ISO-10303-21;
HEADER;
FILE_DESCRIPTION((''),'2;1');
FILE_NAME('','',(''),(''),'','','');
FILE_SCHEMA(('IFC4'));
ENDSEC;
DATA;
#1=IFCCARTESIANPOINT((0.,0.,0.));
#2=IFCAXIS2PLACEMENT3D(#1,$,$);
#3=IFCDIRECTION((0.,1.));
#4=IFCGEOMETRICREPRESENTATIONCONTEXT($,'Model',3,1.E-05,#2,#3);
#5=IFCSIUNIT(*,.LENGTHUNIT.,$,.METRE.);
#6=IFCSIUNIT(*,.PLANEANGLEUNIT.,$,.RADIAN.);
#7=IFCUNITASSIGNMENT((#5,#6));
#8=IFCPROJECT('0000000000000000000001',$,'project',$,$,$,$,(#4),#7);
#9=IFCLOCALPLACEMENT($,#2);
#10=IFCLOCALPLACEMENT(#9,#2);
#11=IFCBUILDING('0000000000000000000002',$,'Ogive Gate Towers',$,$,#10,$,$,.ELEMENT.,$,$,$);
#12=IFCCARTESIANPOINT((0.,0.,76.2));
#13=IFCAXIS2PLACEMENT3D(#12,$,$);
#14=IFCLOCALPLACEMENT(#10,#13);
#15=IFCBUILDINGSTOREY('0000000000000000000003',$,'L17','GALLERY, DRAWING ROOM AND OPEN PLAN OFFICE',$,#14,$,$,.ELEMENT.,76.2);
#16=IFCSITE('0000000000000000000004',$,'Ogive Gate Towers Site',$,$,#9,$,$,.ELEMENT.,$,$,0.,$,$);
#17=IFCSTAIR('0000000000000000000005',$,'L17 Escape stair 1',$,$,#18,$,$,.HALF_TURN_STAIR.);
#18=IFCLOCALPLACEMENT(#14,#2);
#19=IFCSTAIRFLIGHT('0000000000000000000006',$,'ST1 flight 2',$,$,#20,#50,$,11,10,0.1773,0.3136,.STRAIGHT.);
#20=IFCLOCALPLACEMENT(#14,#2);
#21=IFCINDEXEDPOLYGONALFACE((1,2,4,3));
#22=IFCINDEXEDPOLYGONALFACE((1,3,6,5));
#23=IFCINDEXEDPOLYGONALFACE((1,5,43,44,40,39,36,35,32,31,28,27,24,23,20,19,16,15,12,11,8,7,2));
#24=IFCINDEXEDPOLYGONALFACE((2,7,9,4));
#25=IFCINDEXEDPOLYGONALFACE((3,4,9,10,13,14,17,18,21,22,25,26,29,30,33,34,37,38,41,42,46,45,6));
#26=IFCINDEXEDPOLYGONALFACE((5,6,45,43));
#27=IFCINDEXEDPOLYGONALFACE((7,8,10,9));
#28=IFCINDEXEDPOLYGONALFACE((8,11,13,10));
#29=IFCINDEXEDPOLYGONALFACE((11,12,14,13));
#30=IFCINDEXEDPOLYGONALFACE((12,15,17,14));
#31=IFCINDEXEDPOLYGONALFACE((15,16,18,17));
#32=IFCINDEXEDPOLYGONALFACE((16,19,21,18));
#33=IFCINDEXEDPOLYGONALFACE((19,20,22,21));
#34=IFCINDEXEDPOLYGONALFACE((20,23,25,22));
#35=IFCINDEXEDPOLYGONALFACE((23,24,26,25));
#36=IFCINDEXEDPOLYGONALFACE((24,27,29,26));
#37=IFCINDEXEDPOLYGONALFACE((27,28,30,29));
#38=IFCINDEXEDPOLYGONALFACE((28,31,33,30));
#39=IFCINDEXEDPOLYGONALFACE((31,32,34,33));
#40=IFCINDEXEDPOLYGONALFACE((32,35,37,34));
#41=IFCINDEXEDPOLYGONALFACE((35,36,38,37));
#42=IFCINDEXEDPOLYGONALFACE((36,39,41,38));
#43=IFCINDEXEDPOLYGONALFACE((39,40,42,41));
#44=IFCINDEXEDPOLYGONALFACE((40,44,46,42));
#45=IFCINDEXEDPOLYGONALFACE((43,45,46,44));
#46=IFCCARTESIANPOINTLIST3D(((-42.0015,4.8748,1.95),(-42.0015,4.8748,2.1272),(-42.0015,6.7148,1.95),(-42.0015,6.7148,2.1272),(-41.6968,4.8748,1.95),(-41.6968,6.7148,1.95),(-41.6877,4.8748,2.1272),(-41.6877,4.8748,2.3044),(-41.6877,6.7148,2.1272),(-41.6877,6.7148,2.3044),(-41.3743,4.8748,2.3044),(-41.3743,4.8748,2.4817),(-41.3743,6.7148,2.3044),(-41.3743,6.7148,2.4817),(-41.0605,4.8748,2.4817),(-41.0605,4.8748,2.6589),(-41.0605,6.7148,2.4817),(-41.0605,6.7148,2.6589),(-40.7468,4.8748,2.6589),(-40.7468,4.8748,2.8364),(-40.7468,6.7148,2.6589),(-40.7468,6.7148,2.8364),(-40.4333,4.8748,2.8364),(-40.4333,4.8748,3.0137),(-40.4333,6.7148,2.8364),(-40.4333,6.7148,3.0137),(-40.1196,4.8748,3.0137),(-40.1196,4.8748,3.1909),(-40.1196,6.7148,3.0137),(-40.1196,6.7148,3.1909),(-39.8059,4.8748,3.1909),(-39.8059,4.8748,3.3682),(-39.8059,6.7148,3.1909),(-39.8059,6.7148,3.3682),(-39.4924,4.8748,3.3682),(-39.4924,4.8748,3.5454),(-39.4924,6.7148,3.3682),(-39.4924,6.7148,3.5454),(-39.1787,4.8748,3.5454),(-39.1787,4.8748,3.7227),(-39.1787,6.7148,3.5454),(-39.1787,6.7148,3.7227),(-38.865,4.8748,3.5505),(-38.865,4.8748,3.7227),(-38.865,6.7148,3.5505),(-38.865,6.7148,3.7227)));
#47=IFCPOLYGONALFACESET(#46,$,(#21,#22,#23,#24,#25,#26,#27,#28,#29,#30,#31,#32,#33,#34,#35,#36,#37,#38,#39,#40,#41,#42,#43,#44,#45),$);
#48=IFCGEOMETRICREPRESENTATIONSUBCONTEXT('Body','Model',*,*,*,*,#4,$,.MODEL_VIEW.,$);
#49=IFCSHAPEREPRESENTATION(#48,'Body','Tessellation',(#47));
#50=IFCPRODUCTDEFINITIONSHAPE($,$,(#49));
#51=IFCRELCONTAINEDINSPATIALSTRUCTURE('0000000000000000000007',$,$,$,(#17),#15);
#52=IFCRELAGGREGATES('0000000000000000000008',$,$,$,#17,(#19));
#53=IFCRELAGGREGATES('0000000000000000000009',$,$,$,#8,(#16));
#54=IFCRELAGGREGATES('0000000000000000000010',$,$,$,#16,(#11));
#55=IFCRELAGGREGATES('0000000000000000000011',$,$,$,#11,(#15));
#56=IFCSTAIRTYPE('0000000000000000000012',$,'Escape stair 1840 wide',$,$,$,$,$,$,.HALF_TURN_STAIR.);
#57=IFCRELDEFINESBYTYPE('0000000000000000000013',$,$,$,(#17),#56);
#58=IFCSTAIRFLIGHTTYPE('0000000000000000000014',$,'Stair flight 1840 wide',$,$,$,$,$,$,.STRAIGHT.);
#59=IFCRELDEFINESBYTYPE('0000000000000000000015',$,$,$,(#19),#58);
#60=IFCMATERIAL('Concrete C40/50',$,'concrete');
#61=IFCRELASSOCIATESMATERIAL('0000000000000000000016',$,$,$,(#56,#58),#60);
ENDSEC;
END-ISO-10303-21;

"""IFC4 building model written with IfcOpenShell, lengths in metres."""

from ifc_helpers import new_model, si_unit, direction, frame, origin, place, context, subcontext, project, spatial, polyline, outline, extrude, material, type_object, element, aggregate, save


model = new_model("IFC4")

# Units and contexts
model_context = context("Model", 3, precision=1e-05, world=origin(), true_north=direction((0.0, 1.0)))
body_context = subcontext(model_context, "Body", "Model", "MODEL_VIEW")
ifc_project = project(units=[si_unit("LENGTHUNIT", "METRE"), si_unit("PLANEANGLEUNIT", "RADIAN")], contexts=[model_context])

# Site, building, storey
site_placement = place(None, origin())
site = spatial("IfcSite", under=ifc_project, at=site_placement, Name="Ogive Gate Towers Site", CompositionType="ELEMENT", RefElevation=0.0)
building_placement = place(site_placement, origin())
building = spatial("IfcBuilding", under=site, at=building_placement, Name="Ogive Gate Towers", CompositionType="ELEMENT")
storey_placement = place(building_placement, frame((0.0, 0.0, 76.2)))
storey = spatial("IfcBuildingStorey", under=building, at=storey_placement, Name="L17", Description="GALLERY, DRAWING ROOM AND OPEN PLAN OFFICE", CompositionType="ELEMENT", Elevation=76.2)

# Stair, stair flight
ifc_material_1 = material(Name="Concrete C40/50", Category="concrete")
stair_type = type_object("IfcStairType", Name="Escape stair 1840 wide", PredefinedType="HALF_TURN_STAIR", material=ifc_material_1)
stair_placement = place(storey_placement, origin())
stair = element("IfcStair", 1, at=stair_placement, inside=storey, type_object=stair_type, Name="L17 Escape stair 1", PredefinedType="HALF_TURN_STAIR")
stair_flight_type = type_object("IfcStairFlightType", Name="Stair flight 1840 wide", PredefinedType="STRAIGHT", material=ifc_material_1)
stair_flight_1_placement = place(storey_placement, frame((-42.0015, 5.7949, 1.95), z_axis=(0.0, 0.0, 1.0), x_axis=(1.0, 0.0, 0.0)))
stair_flight_1 = element("IfcStairFlight", 2, at=stair_flight_1_placement, type_object=stair_flight_type, Name="ST1 flight 2", NumberOfRisers=11, NumberOfTreads=10, PredefinedType="STRAIGHT", RiserHeight=0.1773, TreadLength=0.3136, context=body_context, shape_type="SweptSolid", body=[
    extrude(outline(polyline([(0.0, 0.0), (0.0, 0.1772), (0.3137, 0.1772), (0.3137, 0.3545), (0.6272, 0.3545), (0.6272, 0.5317), (0.9409, 0.5317), (0.9409, 0.709), (1.2546, 0.709), (1.2546, 0.8865), (1.5681, 0.8865), (1.5681, 1.0637), (1.8818, 1.0637), (1.8818, 1.241), (2.1956, 1.241), (2.1956, 1.4182), (2.509, 1.4182), (2.509, 1.5955), (2.8228, 1.5955), (2.8228, 1.7727), (3.1365, 1.7727), (3.1365, 1.95), (3.1365, 1.6006), (0.3047, 0.0), (0.0, 0.0)])), frame((0.0, 0.9199, 0.0), z_axis=(0.0, -1.0, 0.0), x_axis=(1.0, 0.0, 0.0)), (0.0, 0.0, 1.0), 1.8401),
])
aggregate(stair, [stair_flight_1])

save(model, "model.ifc")
